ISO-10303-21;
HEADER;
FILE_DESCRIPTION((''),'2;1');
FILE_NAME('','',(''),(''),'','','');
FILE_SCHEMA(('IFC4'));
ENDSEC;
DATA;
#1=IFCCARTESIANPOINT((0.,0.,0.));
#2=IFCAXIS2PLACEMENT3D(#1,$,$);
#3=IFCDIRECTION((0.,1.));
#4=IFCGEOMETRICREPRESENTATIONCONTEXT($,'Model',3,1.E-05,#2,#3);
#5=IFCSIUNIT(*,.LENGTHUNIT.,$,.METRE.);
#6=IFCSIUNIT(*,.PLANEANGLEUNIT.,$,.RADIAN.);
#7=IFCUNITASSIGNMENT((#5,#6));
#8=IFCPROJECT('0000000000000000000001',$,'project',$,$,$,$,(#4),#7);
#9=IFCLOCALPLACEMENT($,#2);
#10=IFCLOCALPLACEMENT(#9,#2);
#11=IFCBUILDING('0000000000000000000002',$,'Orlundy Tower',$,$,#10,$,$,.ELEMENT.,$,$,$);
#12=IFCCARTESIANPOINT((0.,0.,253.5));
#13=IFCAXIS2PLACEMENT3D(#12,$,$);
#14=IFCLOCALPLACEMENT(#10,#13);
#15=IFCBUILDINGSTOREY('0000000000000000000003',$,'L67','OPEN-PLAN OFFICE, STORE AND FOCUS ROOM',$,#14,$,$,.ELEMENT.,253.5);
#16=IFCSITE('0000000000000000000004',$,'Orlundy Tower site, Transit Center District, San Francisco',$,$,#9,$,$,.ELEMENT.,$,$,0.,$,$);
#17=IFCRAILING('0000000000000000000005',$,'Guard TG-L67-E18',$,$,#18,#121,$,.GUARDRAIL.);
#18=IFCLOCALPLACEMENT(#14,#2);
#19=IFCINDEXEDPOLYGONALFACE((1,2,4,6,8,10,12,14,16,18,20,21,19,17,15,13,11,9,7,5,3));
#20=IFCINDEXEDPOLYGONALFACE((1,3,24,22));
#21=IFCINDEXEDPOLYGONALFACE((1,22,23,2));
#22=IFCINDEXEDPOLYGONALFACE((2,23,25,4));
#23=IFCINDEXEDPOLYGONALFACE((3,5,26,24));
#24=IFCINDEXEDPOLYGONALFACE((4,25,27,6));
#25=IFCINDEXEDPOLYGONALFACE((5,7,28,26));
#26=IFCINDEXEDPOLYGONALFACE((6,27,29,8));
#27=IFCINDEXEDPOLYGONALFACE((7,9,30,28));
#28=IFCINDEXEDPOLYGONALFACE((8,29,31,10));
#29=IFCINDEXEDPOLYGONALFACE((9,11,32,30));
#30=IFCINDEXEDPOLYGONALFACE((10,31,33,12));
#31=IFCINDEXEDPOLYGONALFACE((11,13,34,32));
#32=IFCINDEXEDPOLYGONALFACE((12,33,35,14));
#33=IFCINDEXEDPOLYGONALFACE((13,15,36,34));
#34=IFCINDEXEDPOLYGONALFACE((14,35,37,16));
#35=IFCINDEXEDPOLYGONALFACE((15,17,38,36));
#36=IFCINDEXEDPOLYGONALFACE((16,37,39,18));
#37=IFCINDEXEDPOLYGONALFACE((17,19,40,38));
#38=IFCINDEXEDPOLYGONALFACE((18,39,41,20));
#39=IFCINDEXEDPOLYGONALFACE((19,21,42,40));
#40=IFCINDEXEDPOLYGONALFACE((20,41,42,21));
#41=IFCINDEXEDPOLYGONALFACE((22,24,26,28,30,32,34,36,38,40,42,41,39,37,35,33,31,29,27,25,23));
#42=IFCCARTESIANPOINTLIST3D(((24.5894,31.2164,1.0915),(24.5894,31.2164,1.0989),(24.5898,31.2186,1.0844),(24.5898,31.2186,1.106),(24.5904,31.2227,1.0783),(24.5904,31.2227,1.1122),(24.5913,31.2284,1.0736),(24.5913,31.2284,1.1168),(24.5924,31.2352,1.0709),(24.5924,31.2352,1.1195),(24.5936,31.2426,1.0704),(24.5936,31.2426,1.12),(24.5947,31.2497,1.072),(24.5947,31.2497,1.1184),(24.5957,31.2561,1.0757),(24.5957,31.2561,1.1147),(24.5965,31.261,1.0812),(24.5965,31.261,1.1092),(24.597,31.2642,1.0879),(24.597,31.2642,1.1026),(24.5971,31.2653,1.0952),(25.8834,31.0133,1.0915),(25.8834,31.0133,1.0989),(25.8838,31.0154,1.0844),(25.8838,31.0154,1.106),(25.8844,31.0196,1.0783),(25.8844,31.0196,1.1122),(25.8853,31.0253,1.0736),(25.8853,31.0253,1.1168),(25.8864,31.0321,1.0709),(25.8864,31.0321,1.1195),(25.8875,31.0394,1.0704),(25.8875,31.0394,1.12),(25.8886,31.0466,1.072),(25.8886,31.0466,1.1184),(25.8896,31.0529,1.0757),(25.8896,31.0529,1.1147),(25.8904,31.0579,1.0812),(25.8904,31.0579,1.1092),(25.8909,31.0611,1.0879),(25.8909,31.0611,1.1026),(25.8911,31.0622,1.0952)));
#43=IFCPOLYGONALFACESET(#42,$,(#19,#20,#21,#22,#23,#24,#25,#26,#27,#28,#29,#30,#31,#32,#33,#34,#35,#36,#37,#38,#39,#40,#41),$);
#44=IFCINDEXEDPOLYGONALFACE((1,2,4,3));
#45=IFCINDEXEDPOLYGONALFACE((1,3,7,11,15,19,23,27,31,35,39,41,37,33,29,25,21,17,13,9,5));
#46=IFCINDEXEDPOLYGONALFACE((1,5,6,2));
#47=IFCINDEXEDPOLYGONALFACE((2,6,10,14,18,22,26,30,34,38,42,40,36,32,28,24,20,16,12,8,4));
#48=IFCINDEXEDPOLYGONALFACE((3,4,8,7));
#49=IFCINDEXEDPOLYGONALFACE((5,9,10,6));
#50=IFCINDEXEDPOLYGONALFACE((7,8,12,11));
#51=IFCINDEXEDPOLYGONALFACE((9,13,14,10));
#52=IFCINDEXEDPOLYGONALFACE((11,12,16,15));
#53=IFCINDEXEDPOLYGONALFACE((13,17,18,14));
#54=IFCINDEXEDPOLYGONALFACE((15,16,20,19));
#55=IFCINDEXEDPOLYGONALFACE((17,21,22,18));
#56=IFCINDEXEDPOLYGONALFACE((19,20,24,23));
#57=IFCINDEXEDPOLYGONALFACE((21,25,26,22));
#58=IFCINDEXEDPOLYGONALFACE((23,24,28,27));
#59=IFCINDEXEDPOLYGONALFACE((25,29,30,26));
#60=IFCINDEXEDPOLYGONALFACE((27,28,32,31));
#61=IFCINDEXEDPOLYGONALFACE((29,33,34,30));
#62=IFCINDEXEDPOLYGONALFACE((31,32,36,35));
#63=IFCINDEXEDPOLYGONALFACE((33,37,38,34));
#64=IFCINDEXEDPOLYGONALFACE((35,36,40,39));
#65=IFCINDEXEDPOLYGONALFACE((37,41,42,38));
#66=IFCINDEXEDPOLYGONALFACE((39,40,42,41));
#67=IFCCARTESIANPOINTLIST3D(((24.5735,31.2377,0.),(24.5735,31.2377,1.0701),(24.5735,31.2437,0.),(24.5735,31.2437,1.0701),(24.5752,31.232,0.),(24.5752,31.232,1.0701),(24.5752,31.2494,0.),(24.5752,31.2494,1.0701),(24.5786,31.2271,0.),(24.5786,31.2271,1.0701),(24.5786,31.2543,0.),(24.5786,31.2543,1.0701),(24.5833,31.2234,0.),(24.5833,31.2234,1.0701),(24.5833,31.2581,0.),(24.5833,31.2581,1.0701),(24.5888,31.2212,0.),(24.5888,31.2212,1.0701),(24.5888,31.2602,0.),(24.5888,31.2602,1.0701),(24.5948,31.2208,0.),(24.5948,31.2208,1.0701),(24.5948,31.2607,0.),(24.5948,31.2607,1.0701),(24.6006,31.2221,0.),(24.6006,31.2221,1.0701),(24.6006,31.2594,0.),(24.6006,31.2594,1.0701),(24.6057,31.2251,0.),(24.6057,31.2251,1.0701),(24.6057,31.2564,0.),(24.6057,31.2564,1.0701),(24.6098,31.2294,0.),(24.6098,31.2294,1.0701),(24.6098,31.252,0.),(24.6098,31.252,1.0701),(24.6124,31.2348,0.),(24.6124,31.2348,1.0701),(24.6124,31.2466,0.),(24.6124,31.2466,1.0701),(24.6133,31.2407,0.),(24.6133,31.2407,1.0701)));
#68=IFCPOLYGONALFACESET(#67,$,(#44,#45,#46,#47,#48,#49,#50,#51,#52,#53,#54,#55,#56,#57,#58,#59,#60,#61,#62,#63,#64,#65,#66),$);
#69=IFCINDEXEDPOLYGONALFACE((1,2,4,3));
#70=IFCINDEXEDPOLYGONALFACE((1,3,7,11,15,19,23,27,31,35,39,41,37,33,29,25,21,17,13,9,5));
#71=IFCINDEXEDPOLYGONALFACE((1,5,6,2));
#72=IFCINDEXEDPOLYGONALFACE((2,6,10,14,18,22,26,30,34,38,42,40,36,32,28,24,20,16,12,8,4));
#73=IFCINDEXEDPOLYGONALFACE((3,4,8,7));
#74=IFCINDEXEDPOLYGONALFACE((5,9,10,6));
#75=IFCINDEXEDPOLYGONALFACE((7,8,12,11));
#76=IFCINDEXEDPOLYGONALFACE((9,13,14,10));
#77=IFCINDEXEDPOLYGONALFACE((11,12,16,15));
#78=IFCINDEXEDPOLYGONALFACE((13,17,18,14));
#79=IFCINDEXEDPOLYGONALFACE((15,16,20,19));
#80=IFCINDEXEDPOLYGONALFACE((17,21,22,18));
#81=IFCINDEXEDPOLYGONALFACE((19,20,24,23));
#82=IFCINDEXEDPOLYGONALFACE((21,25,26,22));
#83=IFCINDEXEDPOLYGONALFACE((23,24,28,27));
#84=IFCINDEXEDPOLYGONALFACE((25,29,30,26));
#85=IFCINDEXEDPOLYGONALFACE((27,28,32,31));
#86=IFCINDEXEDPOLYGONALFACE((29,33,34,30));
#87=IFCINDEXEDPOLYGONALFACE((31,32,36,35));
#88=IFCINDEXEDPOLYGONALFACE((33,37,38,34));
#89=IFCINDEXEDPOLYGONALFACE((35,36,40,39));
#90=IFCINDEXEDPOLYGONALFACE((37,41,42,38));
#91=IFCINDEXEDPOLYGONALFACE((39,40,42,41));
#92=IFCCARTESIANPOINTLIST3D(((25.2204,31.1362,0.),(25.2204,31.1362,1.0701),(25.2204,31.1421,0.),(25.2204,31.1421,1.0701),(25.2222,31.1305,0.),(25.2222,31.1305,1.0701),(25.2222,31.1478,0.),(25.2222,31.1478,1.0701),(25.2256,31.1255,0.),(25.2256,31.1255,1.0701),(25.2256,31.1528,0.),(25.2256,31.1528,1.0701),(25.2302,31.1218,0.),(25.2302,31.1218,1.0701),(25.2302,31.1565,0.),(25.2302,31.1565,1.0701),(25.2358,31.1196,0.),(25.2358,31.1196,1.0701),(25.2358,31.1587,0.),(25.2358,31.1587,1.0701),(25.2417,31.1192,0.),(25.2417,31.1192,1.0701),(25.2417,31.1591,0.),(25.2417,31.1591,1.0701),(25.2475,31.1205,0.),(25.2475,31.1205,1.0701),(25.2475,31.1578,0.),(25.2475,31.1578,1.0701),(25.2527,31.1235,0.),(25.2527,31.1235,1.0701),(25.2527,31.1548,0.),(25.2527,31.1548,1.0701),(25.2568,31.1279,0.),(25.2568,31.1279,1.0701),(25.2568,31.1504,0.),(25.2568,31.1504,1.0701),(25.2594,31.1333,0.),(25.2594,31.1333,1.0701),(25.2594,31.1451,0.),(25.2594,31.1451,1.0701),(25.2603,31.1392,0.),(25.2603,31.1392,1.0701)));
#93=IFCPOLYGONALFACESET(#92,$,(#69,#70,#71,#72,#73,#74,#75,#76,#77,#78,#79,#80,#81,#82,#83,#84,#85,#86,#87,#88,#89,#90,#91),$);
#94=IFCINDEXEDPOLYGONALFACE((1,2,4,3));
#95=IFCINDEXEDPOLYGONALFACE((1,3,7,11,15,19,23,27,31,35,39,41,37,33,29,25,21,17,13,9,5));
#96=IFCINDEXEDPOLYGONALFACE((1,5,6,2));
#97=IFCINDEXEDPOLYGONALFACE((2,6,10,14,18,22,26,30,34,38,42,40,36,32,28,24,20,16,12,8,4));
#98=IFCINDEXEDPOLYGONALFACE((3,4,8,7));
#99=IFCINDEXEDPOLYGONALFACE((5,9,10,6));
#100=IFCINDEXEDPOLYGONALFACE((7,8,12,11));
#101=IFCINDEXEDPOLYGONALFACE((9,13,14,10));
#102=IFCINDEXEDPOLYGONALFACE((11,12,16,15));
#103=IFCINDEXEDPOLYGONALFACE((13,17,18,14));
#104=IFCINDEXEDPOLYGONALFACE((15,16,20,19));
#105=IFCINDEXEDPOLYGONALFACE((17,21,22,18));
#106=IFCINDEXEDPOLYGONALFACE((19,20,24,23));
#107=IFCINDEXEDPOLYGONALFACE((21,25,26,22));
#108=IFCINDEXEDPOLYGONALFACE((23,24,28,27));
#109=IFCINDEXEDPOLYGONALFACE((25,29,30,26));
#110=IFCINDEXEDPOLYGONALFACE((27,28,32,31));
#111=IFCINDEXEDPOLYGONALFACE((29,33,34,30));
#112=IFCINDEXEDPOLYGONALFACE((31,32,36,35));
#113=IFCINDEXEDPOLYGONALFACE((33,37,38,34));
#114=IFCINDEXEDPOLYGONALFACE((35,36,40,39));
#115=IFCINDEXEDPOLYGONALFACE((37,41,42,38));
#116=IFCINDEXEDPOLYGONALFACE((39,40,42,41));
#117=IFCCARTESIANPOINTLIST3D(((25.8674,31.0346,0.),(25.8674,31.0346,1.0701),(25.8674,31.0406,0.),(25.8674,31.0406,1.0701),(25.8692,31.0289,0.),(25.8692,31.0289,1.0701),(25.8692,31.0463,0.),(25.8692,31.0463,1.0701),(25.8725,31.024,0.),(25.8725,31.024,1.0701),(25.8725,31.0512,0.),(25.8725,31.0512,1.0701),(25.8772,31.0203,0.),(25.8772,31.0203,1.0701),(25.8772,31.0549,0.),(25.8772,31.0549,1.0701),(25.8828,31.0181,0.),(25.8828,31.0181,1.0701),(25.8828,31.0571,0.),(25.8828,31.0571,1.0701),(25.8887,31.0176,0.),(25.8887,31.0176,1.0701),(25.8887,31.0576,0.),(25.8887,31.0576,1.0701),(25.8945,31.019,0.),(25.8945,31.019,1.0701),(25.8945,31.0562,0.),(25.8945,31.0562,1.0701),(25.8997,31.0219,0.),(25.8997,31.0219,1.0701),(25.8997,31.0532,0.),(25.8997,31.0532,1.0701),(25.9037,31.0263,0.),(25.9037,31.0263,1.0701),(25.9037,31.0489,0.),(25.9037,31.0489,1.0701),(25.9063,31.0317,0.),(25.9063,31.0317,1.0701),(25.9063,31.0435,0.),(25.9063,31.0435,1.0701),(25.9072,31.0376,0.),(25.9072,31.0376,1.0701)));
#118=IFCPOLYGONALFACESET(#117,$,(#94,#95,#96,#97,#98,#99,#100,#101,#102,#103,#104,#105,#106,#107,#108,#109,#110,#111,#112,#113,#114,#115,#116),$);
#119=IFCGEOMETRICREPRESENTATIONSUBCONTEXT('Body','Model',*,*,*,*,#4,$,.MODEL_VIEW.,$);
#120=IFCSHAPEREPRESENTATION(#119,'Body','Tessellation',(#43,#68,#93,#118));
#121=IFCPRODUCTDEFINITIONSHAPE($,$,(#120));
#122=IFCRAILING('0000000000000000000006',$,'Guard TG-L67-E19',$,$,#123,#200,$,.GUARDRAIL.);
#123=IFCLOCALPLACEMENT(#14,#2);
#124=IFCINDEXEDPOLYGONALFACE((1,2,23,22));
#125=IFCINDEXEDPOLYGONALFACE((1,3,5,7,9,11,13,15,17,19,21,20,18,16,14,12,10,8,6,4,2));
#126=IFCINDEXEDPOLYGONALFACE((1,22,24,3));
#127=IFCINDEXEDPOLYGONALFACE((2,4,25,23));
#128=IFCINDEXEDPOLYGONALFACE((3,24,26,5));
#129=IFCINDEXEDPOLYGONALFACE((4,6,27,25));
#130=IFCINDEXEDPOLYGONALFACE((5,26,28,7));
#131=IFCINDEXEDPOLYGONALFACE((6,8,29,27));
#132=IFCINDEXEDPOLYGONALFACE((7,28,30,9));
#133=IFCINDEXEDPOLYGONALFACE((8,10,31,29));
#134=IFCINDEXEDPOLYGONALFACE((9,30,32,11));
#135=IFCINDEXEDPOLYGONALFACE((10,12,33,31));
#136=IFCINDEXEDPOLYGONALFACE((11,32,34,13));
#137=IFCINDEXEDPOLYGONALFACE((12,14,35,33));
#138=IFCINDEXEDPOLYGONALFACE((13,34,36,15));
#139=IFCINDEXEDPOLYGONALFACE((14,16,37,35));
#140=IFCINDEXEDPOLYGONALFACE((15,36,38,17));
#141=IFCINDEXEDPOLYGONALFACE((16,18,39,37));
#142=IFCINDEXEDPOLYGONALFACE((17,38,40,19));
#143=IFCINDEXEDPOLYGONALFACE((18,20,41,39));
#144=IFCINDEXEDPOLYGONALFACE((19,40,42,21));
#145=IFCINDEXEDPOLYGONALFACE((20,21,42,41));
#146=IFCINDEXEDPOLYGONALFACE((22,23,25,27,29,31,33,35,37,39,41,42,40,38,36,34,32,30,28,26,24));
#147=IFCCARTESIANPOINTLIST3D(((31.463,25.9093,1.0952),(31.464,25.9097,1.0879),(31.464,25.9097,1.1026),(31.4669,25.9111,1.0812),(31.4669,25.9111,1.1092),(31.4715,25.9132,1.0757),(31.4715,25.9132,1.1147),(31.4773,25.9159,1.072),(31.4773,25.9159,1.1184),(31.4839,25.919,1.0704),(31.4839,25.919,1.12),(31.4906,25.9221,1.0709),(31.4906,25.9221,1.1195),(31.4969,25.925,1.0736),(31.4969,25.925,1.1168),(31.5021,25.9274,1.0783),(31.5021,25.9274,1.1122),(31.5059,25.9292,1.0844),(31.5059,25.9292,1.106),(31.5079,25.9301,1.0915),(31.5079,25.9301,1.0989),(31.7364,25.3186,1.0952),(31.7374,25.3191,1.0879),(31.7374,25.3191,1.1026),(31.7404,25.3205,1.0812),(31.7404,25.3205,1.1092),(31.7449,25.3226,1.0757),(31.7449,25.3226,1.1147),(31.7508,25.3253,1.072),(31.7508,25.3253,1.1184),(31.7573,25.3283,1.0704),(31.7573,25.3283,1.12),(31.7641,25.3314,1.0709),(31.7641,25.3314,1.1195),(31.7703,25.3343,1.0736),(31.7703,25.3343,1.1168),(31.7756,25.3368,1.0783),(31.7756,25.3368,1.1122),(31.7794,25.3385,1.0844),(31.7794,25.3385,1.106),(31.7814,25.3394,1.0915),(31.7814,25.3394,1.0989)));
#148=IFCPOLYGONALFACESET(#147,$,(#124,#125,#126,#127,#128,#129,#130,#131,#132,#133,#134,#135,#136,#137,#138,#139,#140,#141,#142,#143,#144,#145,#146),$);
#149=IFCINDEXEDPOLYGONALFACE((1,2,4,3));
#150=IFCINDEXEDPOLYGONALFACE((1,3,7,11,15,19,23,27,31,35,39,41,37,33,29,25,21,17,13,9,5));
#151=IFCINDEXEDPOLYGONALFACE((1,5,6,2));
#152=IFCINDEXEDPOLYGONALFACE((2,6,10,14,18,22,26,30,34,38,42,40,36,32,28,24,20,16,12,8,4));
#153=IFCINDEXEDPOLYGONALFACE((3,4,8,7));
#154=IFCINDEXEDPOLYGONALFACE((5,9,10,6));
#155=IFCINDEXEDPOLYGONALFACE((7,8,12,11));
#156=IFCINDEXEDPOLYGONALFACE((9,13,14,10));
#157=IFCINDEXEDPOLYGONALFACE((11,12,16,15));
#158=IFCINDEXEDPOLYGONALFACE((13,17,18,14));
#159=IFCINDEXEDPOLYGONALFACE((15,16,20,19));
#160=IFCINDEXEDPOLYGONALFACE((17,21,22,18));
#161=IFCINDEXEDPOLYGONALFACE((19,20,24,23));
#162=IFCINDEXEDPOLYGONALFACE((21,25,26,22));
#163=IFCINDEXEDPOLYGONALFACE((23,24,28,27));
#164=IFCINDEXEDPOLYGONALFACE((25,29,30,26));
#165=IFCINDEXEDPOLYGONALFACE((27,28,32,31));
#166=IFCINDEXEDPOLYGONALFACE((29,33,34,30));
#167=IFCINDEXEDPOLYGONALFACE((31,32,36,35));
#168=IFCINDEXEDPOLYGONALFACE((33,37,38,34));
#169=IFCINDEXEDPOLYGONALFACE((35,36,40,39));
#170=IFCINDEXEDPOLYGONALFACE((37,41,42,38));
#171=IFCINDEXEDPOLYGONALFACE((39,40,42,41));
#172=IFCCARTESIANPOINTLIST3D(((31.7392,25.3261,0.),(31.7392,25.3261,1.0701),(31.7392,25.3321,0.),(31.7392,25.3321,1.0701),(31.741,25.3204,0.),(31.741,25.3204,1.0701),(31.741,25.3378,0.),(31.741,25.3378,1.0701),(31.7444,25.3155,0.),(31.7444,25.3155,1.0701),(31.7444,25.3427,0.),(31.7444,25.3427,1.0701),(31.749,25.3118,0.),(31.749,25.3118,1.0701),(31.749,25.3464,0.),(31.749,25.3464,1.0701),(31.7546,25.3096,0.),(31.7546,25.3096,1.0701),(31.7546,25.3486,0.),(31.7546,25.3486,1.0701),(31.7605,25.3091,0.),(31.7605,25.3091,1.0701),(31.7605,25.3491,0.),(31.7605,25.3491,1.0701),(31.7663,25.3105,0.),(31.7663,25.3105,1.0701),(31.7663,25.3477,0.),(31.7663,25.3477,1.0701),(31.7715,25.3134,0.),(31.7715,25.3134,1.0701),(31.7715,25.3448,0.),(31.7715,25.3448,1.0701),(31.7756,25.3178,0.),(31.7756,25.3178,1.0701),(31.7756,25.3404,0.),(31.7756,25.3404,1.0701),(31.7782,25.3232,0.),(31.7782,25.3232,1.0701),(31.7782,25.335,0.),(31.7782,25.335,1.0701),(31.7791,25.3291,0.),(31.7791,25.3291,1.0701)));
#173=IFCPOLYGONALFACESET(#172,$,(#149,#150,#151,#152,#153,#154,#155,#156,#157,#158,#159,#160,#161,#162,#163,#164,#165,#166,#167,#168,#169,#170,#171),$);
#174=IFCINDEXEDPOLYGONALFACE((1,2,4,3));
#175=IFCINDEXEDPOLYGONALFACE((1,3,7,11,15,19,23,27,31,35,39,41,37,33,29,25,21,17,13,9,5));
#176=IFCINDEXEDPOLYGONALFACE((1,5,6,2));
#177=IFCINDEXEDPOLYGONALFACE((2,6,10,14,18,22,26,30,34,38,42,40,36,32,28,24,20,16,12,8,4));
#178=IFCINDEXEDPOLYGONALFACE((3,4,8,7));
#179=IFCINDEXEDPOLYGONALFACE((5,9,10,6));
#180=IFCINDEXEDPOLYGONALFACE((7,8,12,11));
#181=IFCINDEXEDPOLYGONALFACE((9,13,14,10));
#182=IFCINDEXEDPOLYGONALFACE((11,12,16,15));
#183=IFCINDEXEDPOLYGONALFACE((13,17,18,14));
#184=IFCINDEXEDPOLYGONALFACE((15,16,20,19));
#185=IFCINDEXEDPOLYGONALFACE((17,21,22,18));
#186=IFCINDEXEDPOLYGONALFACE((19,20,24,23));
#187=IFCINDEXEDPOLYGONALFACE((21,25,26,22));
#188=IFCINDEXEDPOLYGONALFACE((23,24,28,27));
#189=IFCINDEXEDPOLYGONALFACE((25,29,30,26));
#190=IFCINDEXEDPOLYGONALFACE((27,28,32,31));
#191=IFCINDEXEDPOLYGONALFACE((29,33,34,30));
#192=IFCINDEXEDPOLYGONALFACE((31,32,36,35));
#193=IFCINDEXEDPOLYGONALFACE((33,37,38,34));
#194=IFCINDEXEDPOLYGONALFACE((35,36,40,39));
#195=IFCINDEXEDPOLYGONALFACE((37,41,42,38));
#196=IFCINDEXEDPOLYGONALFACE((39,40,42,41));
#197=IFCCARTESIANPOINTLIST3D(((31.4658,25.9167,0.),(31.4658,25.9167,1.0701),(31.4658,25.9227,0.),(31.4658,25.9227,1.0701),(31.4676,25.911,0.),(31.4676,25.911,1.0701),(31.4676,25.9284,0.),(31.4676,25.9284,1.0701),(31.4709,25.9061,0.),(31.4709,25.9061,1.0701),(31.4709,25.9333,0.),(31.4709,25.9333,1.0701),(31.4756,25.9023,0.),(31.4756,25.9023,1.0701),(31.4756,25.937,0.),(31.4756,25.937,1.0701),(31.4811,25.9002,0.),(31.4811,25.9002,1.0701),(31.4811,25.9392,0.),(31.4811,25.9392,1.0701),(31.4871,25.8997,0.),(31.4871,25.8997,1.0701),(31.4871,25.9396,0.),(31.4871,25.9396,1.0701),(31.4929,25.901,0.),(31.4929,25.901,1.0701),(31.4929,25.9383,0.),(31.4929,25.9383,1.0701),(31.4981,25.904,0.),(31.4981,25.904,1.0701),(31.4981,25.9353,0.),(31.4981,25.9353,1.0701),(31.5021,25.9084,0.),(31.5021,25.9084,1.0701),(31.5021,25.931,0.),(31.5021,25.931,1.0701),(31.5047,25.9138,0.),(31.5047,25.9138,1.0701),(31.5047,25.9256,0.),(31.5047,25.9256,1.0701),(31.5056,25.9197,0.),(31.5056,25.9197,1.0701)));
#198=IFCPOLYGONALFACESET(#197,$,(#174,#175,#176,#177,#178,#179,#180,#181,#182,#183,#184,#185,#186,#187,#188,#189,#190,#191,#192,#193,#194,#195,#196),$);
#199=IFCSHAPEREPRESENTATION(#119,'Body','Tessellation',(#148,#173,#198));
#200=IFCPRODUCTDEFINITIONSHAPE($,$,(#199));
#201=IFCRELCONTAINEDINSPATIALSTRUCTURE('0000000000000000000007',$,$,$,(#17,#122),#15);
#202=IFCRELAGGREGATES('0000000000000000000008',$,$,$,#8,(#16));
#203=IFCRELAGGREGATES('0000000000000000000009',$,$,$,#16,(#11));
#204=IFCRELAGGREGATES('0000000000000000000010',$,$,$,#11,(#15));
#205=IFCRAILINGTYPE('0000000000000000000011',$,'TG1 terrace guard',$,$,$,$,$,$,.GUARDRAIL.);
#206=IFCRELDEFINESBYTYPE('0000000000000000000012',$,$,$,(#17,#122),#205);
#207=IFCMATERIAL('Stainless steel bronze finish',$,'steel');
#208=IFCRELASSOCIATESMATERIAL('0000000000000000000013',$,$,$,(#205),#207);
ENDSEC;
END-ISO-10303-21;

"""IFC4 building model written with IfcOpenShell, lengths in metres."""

from ifc_helpers import new_model, si_unit, direction, frame, origin, origin_2d, place, context, subcontext, project, spatial, circle, extrude, material, type_object, element, save


model = new_model("IFC4")

# Units and contexts
model_context = context("Model", 3, precision=1e-05, world=origin(), true_north=direction((0.0, 1.0)))
body_context = subcontext(model_context, "Body", "Model", "MODEL_VIEW")
ifc_project = project(units=[si_unit("LENGTHUNIT", "METRE"), si_unit("PLANEANGLEUNIT", "RADIAN")], contexts=[model_context])

# Site, building, storey
site_placement = place(None, origin())
site = spatial("IfcSite", under=ifc_project, at=site_placement, Name="Orlundy Tower site, Transit Center District, San Francisco", CompositionType="ELEMENT", RefElevation=0.0)
building_placement = place(site_placement, origin())
building = spatial("IfcBuilding", under=site, at=building_placement, Name="Orlundy Tower", CompositionType="ELEMENT")
storey_placement = place(building_placement, frame((0.0, 0.0, 253.5)))
storey = spatial("IfcBuildingStorey", under=building, at=storey_placement, Name="L67", Description="OPEN-PLAN OFFICE, STORE AND FOCUS ROOM", CompositionType="ELEMENT", Elevation=253.5)

# Railings
ifc_material_1 = material(Name="Stainless steel bronze finish", Category="steel")
railing_type = type_object("IfcRailingType", Name="TG1 terrace guard", PredefinedType="GUARDRAIL", material=ifc_material_1)
railing_1_placement = place(storey_placement, frame((24.5933, 31.2407, 0.0)))
element("IfcRailing", 1, at=railing_1_placement, inside=storey, type_object=railing_type, Name="Guard TG-L67-E18", PredefinedType="GUARDRAIL", context=body_context, shape_type="SweptSolid", body=[
    extrude(circle(Radius=0.0249, at=origin_2d()), frame((0.0, 0.0, 1.0952), z_axis=(0.987902, -0.155082, 0.0), x_axis=(0.155082, 0.987902, 0.0)), (0.0, 0.0, 1.0), 1.3098),
    extrude(circle(Radius=0.02, at=origin_2d()), origin(), (0.0, 0.0, 1.0), 1.0701),
    extrude(circle(Radius=0.02, at=origin_2d()), frame((0.647, -0.1016, 0.0)), (0.0, 0.0, 1.0), 1.0701),
    extrude(circle(Radius=0.02, at=origin_2d()), frame((1.2939, -0.2031, 0.0)), (0.0, 0.0, 1.0), 1.0701),
])
railing_2_placement = place(storey_placement, frame((31.759, 25.3291, 0.0)))
element("IfcRailing", 2, at=railing_2_placement, inside=storey, type_object=railing_type, Name="Guard TG-L67-E19", PredefinedType="GUARDRAIL", context=body_context, shape_type="SweptSolid", body=[
    extrude(circle(Radius=0.0249, at=origin_2d()), frame((0.0, 0.0, 1.0952), z_axis=(-0.420152, 0.907454, 0.0), x_axis=(-0.907454, -0.420152, 0.0)), (0.0, 0.0, 1.0), 0.6509),
    extrude(circle(Radius=0.02, at=origin_2d()), origin(), (0.0, 0.0, 1.0), 1.0701),
    extrude(circle(Radius=0.02, at=origin_2d()), frame((-0.2734, 0.5906, 0.0)), (0.0, 0.0, 1.0), 1.0701),
])

save(model, "model.ifc")
